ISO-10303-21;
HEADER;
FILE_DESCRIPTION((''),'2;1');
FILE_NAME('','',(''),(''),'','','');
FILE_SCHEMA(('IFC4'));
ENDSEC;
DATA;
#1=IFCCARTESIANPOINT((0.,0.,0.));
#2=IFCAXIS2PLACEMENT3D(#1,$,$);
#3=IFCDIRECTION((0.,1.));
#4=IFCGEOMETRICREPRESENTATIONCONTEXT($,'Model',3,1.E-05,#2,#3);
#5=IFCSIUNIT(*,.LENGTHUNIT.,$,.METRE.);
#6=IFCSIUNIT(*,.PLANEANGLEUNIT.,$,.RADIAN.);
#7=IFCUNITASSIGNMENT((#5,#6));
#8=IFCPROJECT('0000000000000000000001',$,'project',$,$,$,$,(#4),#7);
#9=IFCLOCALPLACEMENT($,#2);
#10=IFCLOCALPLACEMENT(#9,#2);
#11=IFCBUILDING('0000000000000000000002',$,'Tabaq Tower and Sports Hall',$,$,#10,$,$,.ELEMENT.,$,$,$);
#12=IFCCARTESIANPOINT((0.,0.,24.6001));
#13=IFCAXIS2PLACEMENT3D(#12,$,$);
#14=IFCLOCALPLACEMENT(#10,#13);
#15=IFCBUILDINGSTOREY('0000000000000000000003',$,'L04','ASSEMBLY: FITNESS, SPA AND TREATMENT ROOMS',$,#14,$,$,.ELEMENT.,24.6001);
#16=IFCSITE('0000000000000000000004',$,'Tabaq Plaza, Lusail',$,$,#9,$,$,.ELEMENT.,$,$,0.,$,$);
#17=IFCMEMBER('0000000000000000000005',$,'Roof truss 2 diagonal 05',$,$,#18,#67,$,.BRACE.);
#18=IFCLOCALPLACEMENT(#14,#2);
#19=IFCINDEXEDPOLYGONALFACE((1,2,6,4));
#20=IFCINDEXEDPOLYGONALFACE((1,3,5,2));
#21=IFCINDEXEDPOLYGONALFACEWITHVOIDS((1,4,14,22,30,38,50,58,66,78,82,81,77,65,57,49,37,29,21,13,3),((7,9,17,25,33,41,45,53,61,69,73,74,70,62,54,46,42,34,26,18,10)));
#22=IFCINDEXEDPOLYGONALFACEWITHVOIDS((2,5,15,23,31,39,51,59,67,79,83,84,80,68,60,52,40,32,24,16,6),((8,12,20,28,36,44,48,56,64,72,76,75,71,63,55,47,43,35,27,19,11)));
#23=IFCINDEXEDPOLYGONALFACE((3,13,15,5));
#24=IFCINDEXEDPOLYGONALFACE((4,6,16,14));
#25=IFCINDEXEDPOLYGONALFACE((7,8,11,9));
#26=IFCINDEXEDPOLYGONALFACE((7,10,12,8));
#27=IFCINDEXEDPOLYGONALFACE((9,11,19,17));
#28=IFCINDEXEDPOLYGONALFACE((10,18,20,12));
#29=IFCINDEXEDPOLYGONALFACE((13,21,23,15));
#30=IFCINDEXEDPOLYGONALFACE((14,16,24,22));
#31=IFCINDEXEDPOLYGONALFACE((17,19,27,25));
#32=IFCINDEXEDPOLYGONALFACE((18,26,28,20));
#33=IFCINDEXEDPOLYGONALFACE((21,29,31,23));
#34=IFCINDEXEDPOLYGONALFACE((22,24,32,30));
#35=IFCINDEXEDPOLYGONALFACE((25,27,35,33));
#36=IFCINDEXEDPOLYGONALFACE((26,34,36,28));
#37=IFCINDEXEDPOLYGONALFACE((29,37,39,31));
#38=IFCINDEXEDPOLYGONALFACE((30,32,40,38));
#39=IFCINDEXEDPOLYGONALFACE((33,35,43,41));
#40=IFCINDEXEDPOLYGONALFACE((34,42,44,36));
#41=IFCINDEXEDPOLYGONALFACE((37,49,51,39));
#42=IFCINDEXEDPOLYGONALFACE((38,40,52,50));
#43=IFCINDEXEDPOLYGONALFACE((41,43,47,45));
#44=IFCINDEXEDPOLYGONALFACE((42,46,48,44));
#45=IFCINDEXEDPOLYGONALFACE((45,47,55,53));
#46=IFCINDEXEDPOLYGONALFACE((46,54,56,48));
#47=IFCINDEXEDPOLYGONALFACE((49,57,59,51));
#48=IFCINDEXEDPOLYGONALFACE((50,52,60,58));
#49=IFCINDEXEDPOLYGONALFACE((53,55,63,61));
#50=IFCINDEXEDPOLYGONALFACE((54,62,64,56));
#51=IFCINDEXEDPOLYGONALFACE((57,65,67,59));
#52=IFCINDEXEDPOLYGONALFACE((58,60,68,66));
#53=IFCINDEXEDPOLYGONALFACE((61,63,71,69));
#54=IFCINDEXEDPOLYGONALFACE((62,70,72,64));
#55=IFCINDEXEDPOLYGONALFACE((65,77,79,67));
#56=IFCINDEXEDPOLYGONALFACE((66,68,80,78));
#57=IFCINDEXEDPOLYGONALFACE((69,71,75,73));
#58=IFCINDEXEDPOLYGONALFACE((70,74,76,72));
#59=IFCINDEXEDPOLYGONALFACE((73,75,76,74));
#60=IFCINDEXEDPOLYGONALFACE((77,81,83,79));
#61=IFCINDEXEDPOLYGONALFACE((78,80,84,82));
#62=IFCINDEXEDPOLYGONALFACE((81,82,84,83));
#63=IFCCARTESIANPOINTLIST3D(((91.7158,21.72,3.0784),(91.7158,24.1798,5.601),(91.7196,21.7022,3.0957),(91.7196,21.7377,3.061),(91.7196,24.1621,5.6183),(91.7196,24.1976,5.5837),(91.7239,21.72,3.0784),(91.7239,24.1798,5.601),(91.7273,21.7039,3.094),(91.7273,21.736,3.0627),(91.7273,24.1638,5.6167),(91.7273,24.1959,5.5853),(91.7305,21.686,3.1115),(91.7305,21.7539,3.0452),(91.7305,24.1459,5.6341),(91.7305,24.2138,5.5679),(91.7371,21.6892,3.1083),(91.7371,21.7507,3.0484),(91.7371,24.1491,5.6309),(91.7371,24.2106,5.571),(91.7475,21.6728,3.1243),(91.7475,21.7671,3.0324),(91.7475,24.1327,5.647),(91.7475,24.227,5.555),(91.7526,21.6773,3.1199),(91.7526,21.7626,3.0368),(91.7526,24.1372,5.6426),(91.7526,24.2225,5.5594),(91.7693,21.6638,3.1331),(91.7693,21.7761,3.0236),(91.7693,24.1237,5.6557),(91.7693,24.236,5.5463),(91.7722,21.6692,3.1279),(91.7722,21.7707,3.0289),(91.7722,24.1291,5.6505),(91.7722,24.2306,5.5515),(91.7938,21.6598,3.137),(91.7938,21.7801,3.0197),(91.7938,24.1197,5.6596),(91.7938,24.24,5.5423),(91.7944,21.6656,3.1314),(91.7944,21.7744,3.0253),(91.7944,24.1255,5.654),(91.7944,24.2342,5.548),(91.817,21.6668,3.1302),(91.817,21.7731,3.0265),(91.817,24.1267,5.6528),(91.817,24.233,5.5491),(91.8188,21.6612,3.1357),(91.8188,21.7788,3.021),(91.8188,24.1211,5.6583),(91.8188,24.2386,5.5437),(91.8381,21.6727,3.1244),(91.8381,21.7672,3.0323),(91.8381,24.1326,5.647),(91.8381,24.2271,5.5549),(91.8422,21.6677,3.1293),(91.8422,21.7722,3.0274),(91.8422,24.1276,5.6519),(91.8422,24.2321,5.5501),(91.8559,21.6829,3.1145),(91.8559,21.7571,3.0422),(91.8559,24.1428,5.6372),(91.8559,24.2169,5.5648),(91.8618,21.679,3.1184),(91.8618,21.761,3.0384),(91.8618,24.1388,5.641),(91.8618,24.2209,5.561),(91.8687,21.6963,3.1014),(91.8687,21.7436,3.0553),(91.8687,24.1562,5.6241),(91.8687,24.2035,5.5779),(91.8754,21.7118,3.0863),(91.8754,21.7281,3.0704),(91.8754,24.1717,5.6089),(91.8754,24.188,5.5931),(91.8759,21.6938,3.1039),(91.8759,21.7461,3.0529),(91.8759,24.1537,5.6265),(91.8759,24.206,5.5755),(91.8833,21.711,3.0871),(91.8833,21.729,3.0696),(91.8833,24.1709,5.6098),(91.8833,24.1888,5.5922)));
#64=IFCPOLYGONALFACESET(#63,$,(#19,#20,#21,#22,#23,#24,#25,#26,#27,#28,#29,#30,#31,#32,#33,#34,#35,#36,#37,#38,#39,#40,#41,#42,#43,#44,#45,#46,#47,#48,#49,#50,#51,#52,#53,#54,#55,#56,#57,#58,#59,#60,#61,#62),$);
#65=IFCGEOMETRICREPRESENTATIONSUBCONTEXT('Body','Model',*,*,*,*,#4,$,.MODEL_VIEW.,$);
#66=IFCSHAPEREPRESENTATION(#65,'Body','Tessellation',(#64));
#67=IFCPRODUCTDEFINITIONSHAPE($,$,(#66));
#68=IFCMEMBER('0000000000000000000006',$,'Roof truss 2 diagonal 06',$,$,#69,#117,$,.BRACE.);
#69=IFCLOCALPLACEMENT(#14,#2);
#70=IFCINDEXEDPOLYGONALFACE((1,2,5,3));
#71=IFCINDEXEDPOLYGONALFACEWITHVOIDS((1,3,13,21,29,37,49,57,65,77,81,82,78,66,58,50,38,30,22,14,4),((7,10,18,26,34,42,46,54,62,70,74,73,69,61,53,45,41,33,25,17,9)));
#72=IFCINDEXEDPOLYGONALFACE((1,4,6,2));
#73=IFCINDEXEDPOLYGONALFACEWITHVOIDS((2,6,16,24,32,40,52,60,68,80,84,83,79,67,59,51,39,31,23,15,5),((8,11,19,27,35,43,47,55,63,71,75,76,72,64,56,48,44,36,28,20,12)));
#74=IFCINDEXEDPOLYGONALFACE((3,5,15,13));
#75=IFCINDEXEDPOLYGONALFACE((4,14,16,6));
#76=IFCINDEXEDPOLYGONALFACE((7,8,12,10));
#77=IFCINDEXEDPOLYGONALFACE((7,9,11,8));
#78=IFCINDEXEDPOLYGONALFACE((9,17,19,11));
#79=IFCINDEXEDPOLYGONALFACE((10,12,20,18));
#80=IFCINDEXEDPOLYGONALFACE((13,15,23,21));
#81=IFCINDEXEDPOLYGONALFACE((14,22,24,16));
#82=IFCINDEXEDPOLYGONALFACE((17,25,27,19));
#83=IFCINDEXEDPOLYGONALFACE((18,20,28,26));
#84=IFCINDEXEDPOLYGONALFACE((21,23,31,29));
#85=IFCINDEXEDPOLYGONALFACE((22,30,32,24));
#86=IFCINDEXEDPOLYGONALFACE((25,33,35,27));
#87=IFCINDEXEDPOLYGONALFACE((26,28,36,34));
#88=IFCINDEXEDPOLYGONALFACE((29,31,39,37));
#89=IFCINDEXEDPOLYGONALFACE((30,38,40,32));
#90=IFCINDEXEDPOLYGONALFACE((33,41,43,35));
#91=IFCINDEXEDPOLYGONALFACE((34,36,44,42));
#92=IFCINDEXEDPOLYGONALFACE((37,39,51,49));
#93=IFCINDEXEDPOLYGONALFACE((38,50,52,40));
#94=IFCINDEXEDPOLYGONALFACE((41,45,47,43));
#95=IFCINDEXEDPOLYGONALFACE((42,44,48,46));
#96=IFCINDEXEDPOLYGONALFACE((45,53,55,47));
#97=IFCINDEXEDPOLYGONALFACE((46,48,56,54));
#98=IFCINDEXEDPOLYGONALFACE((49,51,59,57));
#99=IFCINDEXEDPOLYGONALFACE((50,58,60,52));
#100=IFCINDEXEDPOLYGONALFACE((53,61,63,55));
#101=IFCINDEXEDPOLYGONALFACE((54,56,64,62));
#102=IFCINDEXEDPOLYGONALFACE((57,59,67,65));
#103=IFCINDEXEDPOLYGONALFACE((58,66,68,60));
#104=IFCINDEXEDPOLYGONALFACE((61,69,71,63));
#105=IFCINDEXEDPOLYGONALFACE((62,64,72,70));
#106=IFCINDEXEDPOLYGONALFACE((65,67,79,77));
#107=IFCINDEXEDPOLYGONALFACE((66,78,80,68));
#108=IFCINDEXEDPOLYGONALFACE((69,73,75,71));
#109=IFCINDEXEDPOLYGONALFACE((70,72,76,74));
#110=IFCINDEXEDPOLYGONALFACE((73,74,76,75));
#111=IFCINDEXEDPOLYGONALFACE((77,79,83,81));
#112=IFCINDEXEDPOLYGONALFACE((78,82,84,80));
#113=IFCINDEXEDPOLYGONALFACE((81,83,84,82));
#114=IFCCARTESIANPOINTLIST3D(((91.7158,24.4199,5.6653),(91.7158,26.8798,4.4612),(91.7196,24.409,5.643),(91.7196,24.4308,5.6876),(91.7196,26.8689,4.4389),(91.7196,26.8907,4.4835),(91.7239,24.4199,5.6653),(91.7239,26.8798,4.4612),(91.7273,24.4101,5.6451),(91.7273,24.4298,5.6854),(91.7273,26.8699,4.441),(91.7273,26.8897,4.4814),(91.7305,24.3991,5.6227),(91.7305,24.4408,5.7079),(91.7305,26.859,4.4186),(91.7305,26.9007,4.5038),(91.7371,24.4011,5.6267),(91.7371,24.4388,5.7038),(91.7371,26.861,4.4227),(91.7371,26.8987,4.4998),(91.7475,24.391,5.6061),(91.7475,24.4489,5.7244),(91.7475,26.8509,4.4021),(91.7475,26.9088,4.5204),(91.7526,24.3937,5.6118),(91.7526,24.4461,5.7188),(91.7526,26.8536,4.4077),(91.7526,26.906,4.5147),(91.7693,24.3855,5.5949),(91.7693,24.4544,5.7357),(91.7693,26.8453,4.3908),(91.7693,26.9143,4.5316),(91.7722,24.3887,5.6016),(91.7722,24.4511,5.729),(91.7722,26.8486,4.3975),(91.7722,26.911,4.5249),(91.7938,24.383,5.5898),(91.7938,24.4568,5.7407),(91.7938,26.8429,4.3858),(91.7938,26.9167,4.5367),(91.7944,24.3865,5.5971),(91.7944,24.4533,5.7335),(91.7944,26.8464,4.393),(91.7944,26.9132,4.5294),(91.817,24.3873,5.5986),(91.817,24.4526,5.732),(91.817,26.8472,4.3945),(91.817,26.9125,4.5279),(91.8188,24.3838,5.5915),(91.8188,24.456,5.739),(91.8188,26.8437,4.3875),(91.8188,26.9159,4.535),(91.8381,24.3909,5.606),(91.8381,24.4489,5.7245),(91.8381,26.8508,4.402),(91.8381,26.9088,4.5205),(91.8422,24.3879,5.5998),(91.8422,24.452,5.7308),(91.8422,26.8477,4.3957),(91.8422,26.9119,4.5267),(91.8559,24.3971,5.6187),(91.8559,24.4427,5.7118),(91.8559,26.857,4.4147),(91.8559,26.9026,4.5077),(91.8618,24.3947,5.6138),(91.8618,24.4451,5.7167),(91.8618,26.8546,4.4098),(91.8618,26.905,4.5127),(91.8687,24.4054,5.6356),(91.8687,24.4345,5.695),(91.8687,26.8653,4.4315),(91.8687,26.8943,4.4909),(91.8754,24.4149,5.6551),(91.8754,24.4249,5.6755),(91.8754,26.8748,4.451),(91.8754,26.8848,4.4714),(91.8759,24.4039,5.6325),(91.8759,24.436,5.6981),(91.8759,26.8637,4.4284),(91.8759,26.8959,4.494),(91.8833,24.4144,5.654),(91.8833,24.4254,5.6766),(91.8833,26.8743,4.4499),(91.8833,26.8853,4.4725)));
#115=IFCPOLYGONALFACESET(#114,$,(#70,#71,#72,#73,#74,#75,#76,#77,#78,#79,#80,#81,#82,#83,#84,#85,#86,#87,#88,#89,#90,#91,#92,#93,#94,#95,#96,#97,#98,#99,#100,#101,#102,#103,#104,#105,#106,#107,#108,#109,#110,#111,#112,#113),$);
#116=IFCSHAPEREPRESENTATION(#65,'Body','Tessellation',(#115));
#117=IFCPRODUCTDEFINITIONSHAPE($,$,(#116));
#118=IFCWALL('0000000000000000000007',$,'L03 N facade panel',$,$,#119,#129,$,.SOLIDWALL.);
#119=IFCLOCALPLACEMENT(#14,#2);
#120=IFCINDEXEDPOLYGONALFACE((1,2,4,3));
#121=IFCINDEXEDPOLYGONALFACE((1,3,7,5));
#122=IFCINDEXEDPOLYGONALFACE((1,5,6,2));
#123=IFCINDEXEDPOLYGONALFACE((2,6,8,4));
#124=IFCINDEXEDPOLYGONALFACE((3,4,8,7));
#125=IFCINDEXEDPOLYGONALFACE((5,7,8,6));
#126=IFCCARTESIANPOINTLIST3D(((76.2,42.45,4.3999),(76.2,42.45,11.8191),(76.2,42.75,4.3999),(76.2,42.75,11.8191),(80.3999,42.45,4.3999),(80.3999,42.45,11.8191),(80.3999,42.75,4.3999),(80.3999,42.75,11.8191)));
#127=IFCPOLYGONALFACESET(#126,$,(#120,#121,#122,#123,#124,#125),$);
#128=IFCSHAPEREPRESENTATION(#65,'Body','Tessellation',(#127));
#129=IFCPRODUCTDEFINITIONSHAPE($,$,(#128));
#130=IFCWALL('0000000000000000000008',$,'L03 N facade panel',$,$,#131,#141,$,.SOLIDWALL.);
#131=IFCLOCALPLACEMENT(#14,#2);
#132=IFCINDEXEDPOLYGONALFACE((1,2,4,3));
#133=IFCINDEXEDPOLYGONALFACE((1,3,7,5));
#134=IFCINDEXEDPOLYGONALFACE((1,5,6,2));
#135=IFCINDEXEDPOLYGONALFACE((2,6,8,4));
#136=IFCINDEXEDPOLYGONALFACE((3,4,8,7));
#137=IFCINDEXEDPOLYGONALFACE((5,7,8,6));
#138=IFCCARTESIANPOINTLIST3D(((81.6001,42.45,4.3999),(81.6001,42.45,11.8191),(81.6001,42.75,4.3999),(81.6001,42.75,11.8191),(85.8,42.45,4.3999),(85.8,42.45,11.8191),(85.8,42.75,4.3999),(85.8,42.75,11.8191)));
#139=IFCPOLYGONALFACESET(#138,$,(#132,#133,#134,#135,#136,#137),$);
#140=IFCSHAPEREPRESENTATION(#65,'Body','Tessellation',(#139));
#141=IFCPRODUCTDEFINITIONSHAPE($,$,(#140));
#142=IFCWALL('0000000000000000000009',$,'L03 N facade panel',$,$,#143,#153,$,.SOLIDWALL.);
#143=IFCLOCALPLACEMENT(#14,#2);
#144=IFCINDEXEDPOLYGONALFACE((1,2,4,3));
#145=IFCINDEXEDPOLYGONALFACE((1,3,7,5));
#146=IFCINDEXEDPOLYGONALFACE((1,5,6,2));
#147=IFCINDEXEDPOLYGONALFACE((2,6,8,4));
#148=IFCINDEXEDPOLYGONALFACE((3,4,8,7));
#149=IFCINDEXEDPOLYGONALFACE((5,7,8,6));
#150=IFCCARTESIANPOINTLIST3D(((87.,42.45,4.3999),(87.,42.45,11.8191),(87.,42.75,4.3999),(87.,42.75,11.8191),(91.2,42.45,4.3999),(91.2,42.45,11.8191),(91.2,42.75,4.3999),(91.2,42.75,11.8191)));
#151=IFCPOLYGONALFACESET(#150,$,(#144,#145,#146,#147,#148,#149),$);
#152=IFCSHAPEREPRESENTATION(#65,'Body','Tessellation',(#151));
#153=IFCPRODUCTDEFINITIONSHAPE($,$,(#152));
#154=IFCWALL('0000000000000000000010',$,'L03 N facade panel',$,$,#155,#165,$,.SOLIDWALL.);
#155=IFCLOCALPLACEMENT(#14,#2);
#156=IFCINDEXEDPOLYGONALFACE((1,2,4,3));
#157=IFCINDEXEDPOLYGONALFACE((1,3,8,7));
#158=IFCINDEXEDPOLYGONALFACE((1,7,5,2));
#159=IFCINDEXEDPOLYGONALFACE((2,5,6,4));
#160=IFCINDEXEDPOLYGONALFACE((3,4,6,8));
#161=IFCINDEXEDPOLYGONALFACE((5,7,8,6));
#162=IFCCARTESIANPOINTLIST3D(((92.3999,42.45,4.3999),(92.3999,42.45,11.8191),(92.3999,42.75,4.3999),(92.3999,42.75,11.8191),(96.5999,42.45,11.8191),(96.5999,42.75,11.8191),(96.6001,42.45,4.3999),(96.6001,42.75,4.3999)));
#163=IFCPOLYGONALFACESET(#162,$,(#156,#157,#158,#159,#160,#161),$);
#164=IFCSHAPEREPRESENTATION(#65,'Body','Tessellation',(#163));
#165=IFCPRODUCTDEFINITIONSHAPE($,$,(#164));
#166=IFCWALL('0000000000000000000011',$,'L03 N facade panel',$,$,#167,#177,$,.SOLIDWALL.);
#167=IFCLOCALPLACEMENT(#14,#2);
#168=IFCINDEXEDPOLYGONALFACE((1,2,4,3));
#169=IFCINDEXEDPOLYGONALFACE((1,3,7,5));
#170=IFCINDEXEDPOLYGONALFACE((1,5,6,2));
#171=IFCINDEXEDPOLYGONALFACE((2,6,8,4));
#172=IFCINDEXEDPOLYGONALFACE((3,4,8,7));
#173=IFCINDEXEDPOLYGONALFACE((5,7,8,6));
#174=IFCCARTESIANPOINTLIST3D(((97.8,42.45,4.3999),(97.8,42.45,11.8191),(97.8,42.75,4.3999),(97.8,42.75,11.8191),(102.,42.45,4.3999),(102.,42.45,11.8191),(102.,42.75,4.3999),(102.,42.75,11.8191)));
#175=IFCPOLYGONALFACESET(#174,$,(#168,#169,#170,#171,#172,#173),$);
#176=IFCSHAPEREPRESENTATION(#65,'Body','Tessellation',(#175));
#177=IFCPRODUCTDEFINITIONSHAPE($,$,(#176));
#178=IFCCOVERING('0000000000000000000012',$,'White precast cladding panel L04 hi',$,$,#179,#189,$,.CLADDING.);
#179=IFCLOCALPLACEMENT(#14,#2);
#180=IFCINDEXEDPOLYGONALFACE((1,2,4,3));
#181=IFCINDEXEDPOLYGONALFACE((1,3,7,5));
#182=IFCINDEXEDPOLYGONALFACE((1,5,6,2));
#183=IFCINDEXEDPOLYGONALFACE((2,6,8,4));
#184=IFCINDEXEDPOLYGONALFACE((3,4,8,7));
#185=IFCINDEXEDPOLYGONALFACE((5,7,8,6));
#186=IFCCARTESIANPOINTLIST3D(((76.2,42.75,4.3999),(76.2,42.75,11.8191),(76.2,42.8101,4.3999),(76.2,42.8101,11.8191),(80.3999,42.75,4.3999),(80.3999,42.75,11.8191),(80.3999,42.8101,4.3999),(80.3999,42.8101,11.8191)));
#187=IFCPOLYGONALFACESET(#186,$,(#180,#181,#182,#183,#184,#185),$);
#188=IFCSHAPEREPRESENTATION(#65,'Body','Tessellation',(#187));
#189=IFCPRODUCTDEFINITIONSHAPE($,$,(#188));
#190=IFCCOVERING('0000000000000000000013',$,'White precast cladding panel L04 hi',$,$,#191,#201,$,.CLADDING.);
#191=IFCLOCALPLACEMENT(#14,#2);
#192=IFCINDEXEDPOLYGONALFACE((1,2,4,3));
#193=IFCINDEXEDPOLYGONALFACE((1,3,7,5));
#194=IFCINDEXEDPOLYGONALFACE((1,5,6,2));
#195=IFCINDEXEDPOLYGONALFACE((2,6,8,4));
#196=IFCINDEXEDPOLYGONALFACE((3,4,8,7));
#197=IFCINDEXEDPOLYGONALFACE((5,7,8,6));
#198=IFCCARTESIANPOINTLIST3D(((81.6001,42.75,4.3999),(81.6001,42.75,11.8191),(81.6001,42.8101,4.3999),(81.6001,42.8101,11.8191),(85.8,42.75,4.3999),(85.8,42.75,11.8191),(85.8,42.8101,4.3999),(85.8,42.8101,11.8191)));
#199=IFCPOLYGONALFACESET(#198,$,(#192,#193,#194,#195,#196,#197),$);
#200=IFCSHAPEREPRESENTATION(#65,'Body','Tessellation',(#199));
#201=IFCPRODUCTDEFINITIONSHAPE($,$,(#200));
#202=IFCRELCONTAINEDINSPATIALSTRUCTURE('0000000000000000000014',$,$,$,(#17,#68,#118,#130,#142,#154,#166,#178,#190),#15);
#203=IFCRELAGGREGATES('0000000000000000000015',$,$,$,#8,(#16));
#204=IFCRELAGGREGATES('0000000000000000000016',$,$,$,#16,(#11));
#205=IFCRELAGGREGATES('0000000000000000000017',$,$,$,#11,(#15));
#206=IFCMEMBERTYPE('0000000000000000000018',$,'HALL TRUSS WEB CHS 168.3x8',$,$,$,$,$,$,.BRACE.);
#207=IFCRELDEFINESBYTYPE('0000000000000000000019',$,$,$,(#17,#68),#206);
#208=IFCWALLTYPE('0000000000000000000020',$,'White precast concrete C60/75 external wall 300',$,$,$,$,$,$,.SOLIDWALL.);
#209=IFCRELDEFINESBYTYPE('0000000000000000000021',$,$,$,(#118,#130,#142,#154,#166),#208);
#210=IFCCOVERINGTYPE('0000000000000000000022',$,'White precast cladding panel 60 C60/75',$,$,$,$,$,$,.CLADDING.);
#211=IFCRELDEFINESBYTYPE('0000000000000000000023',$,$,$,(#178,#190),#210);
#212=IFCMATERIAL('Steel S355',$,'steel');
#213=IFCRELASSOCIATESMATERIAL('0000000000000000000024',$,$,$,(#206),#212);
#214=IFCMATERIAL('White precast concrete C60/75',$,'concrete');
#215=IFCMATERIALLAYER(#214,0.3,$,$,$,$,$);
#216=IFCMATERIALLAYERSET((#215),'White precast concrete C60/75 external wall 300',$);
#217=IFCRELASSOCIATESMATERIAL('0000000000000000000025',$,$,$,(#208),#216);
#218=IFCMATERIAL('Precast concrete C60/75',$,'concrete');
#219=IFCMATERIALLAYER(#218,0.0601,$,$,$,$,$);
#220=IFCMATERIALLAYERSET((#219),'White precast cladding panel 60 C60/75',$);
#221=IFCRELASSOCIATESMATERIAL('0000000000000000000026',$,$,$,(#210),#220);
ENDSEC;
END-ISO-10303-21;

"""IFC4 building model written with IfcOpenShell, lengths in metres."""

from ifc_helpers import new_model, si_unit, direction, frame, origin, origin_2d, place, context, subcontext, project, spatial, polyline, hollow_circle, outline, extrude, material, layer, layer_set, material_profile, profile_set, type_object, element, save


model = new_model("IFC4")

# Units and contexts
model_context = context("Model", 3, precision=1e-05, world=origin(), true_north=direction((0.0, 1.0)))
body_context = subcontext(model_context, "Body", "Model", "MODEL_VIEW")
ifc_project = project(units=[si_unit("LENGTHUNIT", "METRE"), si_unit("PLANEANGLEUNIT", "RADIAN")], contexts=[model_context])

# Site, building, storey
site_placement = place(None, origin())
site = spatial("IfcSite", under=ifc_project, at=site_placement, Name="Tabaq Plaza, Lusail", CompositionType="ELEMENT", RefElevation=0.0)
building_placement = place(site_placement, origin())
building = spatial("IfcBuilding", under=site, at=building_placement, Name="Tabaq Tower and Sports Hall", CompositionType="ELEMENT")
storey_placement = place(building_placement, frame((0.0, 0.0, 24.6001)))
storey = spatial("IfcBuildingStorey", under=building, at=storey_placement, Name="L04", Description="ASSEMBLY: FITNESS, SPA AND TREATMENT ROOMS", CompositionType="ELEMENT", Elevation=24.6001)

# Members
ifc_material_1 = material(Name="Steel S355", Category="steel")
ifc_material_profile_1 = material_profile(ifc_material_1, hollow_circle(Radius=0.0842, WallThickness=0.0081, at=origin_2d()), Name="CHS 168.3x8")
ifc_profile_set_1 = profile_set([ifc_material_profile_1], Name="Steel S355")
member_type = type_object("IfcMemberType", Name="HALL TRUSS WEB CHS 168.3x8", PredefinedType="BRACE", material=ifc_profile_set_1)
member_1_placement = place(storey_placement, frame((91.8, 21.72, 3.0784), z_axis=(0.0, 0.698147, 0.715954), x_axis=(-1.0, 0.0, 0.0)))
element("IfcMember", 1, at=member_1_placement, inside=storey, type_object=member_type, Name="Roof truss 2 diagonal 05", PredefinedType="BRACE", context=body_context, shape_type="SweptSolid", body=[
    extrude(hollow_circle(Radius=0.0842, WallThickness=0.0081, at=origin_2d()), origin(), (0.0, 0.0, 1.0), 3.5234),
])
member_2_placement = place(storey_placement, frame((91.8, 24.4199, 5.6653), z_axis=(0.0, 0.898175, -0.439639), x_axis=(-1.0, 0.0, 0.0)))
element("IfcMember", 2, at=member_2_placement, inside=storey, type_object=member_type, Name="Roof truss 2 diagonal 06", PredefinedType="BRACE", context=body_context, shape_type="SweptSolid", body=[
    extrude(hollow_circle(Radius=0.0842, WallThickness=0.0081, at=origin_2d()), origin(), (0.0, 0.0, 1.0), 2.7388),
])

# Walls
ifc_material_2 = material(Name="White precast concrete C60/75", Category="concrete")
ifc_layer_1 = layer(ifc_material_2, 0.3)
ifc_layer_set_1 = layer_set([ifc_layer_1], Name="White precast concrete C60/75 external wall 300")
wall_type = type_object("IfcWallType", Name="White precast concrete C60/75 external wall 300", PredefinedType="SOLIDWALL", material=ifc_layer_set_1)
for number, where, z_axis, x_axis, name in (
    (3, (76.2, 42.6001, 4.3999), (0.0, 0.0, 1.0), (1.0, 0.0, 0.0), "L03 N facade panel"),
    (4, (81.6001, 42.6001, 4.3999), (0.0, 0.0, 1.0), (1.0, 0.0, 0.0), "L03 N facade panel"),
    (5, (87.0, 42.6001, 4.3999), (0.0, 0.0, 1.0), (1.0, 0.0, 0.0), "L03 N facade panel"),
):
    element("IfcWall", number, at=place(storey_placement, frame(where, z_axis=z_axis, x_axis=x_axis)), inside=storey, type_object=wall_type, Name=name, PredefinedType="SOLIDWALL", context=body_context, shape_type="SweptSolid", body=[
        extrude(outline(polyline([(0.0, 0.0), (4.2, 0.0), (4.2, 7.4192), (0.0, 7.4192), (0.0, 0.0)])), frame((0.0, 0.1499, 0.0), z_axis=(0.0, -1.0, 0.0), x_axis=(1.0, 0.0, 0.0)), (0.0, 0.0, 1.0), 0.3),
    ])
wall_1_placement = place(storey_placement, frame((92.3999, 42.6001, 4.3999), z_axis=(0.0, 0.0, 1.0), x_axis=(1.0, 0.0, 0.0)))
element("IfcWall", 6, at=wall_1_placement, inside=storey, type_object=wall_type, Name="L03 N facade panel", PredefinedType="SOLIDWALL", context=body_context, shape_type="SweptSolid", body=[
    extrude(outline(polyline([(0.0, 0.0), (4.2002, 0.0), (4.2, 7.4192), (0.0, 7.4192), (0.0, 0.0)])), frame((0.0, 0.1499, 0.0), z_axis=(0.0, -1.0, 0.0), x_axis=(1.0, 0.0, 0.0)), (0.0, 0.0, 1.0), 0.3),
])
wall_2_placement = place(storey_placement, frame((97.8, 42.6001, 4.3999), z_axis=(0.0, 0.0, 1.0), x_axis=(1.0, 0.0, 0.0)))
element("IfcWall", 7, at=wall_2_placement, inside=storey, type_object=wall_type, Name="L03 N facade panel", PredefinedType="SOLIDWALL", context=body_context, shape_type="SweptSolid", body=[
    extrude(outline(polyline([(0.0, 0.0), (4.2, 0.0), (4.2, 7.4192), (0.0, 7.4192), (0.0, 0.0)])), frame((0.0, 0.1499, 0.0), z_axis=(0.0, -1.0, 0.0), x_axis=(1.0, 0.0, 0.0)), (0.0, 0.0, 1.0), 0.3),
])

# Coverings
ifc_material_3 = material(Name="Precast concrete C60/75", Category="concrete")
ifc_layer_2 = layer(ifc_material_3, 0.0601)
ifc_layer_set_2 = layer_set([ifc_layer_2], Name="White precast cladding panel 60 C60/75")
covering_type = type_object("IfcCoveringType", Name="White precast cladding panel 60 C60/75", PredefinedType="CLADDING", material=ifc_layer_set_2)
for number, where, z_axis, x_axis, name in (
    (8, (76.2, 42.78, 4.3999), (0.0, 0.0, 1.0), (1.0, 0.0, 0.0), "White precast cladding panel L04 hi"),
    (9, (81.6001, 42.78, 4.3999), (0.0, 0.0, 1.0), (1.0, 0.0, 0.0), "White precast cladding panel L04 hi"),
):
    element("IfcCovering", number, at=place(storey_placement, frame(where, z_axis=z_axis, x_axis=x_axis)), inside=storey, type_object=covering_type, Name=name, PredefinedType="CLADDING", context=body_context, shape_type="SweptSolid", body=[
        extrude(outline(polyline([(0.0, 0.0), (4.2, 0.0), (4.2, 7.4192), (0.0, 7.4192), (0.0, 0.0)])), frame((0.0, 0.03, 0.0), z_axis=(0.0, -1.0, 0.0), x_axis=(1.0, 0.0, 0.0)), (0.0, 0.0, 1.0), 0.0601),
    ])

save(model, "model.ifc")
